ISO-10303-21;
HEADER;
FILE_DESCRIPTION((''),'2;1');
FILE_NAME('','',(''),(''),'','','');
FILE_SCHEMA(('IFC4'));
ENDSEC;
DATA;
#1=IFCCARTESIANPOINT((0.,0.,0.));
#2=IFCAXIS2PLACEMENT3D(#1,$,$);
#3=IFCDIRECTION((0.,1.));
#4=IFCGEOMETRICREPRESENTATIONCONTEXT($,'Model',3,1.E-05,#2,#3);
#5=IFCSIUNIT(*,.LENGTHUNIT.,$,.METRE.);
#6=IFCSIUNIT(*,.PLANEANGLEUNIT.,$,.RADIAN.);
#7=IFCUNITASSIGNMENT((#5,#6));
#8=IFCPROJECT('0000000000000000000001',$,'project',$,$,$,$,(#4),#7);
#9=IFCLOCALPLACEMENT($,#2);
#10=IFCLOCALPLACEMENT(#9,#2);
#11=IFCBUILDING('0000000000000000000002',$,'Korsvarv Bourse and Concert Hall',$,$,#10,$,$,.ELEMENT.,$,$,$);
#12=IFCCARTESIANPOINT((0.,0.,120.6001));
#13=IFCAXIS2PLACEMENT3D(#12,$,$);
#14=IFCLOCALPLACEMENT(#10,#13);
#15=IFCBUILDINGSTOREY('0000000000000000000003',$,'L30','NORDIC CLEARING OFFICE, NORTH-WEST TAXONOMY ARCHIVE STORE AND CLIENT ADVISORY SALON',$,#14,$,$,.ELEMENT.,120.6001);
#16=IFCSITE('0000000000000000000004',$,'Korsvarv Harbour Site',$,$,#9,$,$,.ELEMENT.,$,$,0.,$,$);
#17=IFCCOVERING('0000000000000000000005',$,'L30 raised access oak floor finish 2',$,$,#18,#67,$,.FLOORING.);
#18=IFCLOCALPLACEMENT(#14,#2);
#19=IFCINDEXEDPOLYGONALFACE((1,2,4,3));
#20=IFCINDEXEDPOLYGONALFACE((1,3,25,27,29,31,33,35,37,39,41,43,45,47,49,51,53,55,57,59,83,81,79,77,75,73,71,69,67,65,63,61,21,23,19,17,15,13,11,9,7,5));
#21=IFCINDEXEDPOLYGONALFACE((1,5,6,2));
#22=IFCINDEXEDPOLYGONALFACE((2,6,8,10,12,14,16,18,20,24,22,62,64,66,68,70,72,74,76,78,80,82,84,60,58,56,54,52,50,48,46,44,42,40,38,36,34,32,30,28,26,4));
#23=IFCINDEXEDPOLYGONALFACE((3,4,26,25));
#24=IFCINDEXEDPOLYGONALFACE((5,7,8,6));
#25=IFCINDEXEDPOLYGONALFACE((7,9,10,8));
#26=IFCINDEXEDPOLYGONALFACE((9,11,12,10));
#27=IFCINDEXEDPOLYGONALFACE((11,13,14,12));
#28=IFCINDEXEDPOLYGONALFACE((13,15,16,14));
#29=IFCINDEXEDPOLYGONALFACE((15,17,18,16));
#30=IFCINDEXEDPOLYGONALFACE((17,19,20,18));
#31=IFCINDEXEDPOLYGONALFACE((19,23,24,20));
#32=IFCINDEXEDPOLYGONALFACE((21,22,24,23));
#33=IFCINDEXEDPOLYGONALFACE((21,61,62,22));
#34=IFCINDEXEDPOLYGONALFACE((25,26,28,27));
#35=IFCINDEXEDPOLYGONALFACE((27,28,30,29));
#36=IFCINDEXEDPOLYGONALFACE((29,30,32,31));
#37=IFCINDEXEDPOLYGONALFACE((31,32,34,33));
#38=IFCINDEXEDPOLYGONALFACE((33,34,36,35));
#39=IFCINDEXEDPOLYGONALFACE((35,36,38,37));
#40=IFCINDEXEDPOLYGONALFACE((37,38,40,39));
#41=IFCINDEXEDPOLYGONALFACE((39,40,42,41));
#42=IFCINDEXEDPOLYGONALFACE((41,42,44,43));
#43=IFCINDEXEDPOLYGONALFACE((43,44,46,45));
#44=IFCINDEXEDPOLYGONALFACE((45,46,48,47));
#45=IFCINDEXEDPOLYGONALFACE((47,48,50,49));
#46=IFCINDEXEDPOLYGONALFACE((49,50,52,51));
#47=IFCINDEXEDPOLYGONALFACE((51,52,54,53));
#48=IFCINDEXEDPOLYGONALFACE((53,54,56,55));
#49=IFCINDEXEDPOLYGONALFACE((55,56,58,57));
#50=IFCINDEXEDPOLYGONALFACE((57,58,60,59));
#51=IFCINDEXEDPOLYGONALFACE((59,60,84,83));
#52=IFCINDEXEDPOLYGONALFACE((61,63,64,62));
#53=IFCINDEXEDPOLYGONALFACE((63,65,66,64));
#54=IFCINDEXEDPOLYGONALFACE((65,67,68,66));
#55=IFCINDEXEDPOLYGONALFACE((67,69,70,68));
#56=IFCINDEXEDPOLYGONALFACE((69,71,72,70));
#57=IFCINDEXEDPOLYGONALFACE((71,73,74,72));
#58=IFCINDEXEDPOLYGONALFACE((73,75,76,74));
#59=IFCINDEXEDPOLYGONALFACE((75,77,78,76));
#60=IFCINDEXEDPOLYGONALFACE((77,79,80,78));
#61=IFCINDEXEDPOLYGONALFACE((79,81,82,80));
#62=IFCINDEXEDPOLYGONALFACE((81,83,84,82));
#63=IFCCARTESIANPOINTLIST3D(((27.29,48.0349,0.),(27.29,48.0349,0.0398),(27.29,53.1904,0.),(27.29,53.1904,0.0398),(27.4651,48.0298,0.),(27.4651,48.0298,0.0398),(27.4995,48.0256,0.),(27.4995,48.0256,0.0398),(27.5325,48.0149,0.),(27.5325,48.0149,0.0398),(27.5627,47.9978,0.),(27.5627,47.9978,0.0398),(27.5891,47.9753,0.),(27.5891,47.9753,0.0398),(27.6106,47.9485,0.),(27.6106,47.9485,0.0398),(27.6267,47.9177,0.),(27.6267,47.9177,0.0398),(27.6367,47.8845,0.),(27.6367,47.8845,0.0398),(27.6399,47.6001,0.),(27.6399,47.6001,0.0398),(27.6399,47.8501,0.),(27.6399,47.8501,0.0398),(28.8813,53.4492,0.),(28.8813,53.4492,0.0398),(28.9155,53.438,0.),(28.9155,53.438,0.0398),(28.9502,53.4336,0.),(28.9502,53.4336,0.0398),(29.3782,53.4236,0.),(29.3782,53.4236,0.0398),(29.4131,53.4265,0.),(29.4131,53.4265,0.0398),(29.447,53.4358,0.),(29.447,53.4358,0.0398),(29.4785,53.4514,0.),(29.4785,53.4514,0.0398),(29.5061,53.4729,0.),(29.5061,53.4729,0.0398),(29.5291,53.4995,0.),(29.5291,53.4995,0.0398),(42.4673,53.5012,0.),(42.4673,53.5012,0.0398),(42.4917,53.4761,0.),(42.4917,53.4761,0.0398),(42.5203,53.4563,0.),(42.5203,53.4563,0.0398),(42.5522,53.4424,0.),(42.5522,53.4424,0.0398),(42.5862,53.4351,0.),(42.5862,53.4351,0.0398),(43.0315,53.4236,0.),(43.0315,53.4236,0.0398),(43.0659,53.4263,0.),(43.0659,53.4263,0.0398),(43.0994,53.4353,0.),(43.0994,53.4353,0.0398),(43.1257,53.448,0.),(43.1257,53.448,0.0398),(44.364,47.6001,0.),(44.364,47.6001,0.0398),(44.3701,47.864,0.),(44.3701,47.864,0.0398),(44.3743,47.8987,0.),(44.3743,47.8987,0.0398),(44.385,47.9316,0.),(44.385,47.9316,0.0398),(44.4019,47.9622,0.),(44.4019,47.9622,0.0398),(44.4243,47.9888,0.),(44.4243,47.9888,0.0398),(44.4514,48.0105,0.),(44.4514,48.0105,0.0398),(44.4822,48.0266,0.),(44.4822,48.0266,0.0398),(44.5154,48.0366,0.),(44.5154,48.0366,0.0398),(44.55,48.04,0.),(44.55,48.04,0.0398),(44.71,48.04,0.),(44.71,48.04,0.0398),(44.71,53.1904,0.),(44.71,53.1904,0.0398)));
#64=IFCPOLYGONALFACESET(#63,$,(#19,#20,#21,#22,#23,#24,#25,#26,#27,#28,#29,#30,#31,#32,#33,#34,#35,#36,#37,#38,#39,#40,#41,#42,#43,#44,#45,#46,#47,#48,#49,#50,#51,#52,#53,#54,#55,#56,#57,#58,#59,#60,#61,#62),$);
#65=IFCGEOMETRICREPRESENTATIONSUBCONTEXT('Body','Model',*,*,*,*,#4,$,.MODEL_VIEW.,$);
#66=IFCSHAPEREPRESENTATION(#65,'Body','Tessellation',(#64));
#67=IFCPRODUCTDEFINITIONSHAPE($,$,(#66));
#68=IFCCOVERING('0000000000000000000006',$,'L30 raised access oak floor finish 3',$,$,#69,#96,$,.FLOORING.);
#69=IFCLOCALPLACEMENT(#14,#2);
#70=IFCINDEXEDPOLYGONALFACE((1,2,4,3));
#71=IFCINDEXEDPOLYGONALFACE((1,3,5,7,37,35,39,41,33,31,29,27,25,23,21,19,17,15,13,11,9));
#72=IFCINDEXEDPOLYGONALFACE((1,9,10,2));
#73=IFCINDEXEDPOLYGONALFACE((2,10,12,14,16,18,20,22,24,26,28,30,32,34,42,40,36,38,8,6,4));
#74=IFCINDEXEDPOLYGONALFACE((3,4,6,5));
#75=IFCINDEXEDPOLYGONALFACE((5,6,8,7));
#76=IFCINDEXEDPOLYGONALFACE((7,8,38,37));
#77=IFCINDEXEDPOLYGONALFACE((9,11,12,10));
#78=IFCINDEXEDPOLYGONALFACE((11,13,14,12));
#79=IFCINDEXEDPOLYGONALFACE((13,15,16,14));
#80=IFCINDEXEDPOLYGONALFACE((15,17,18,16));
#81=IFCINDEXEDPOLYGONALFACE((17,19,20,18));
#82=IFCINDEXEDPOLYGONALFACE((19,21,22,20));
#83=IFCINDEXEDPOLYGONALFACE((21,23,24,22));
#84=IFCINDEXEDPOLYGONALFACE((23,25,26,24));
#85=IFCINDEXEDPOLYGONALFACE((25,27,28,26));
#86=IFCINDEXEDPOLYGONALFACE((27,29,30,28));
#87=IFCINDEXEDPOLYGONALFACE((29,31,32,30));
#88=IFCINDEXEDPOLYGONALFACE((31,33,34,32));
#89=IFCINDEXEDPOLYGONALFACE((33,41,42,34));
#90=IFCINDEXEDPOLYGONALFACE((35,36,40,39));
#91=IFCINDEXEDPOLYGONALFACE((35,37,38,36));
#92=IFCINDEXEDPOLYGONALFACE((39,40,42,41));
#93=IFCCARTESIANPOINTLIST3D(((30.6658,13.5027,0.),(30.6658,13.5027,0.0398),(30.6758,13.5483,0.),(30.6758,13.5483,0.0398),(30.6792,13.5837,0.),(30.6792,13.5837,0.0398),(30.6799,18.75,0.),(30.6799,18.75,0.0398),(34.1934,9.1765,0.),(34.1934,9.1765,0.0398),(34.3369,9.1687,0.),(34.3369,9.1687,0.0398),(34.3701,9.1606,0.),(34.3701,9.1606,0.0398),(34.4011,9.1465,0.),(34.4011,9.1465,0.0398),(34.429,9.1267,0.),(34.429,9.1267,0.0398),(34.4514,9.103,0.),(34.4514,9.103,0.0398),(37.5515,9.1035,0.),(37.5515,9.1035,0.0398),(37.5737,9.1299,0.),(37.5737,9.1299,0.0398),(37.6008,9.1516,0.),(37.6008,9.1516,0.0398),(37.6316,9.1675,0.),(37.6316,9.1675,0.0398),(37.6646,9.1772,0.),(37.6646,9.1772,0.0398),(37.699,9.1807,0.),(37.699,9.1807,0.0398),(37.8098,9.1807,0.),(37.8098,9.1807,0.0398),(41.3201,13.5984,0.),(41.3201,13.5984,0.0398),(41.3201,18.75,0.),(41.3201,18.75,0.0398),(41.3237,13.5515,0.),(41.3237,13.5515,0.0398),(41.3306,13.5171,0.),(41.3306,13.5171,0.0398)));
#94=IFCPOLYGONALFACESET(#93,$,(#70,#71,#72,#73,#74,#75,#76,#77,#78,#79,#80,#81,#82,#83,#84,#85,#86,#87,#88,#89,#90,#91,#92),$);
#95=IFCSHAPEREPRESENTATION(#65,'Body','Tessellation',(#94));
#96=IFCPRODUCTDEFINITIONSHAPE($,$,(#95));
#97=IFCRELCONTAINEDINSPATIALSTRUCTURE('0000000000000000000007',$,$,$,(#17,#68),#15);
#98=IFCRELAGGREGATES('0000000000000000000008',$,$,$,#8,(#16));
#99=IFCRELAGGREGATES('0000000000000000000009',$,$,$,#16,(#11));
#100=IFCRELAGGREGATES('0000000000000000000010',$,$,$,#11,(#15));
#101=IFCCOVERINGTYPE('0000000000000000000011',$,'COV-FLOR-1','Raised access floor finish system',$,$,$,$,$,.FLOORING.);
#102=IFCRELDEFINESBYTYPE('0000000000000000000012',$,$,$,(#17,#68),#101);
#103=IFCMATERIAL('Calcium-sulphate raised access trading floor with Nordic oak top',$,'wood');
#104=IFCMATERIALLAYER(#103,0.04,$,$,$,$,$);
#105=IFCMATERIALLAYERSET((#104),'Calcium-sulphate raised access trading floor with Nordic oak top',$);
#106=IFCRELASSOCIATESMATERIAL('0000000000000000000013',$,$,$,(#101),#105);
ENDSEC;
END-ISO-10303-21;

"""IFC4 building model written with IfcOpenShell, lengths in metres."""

from ifc_helpers import new_model, si_unit, direction, frame, origin, place, context, subcontext, project, spatial, polyline, outline, extrude, material, layer, layer_set, type_object, element, save


model = new_model("IFC4")

# Units and contexts
model_context = context("Model", 3, precision=1e-05, world=origin(), true_north=direction((0.0, 1.0)))
body_context = subcontext(model_context, "Body", "Model", "MODEL_VIEW")
ifc_project = project(units=[si_unit("LENGTHUNIT", "METRE"), si_unit("PLANEANGLEUNIT", "RADIAN")], contexts=[model_context])

# Site, building, storey
site_placement = place(None, origin())
site = spatial("IfcSite", under=ifc_project, at=site_placement, Name="Korsvarv Harbour Site", CompositionType="ELEMENT", RefElevation=0.0)
building_placement = place(site_placement, origin())
building = spatial("IfcBuilding", under=site, at=building_placement, Name="Korsvarv Bourse and Concert Hall", CompositionType="ELEMENT")
storey_placement = place(building_placement, frame((0.0, 0.0, 120.6001)))
storey = spatial("IfcBuildingStorey", under=building, at=storey_placement, Name="L30", Description="NORDIC CLEARING OFFICE, NORTH-WEST TAXONOMY ARCHIVE STORE AND CLIENT ADVISORY SALON", CompositionType="ELEMENT", Elevation=120.6001)

# Coverings
ifc_material_1 = material(Name="Calcium-sulphate raised access trading floor with Nordic oak top", Category="wood")
ifc_layer_1 = layer(ifc_material_1, 0.04)
ifc_layer_set_1 = layer_set([ifc_layer_1], Name="Calcium-sulphate raised access trading floor with Nordic oak top")
covering_type_1 = type_object("IfcCoveringType", Name="COV-FLOR-1", Description="Raised access floor finish system", PredefinedType="FLOORING", material=ifc_layer_set_1)
covering_1_placement = place(storey_placement, origin())
element("IfcCovering", 1, at=covering_1_placement, inside=storey, type_object=covering_type_1, Name="L30 raised access oak floor finish 2", PredefinedType="FLOORING", context=body_context, shape_type="SweptSolid", body=[
    extrude(outline(polyline([(28.8813, 53.4492), (28.9155, 53.438), (28.9502, 53.4336), (29.3782, 53.4236), (29.4131, 53.4265), (29.447, 53.4358), (29.4785, 53.4514), (29.5061, 53.4729), (29.5291, 53.4995), (42.4673, 53.5012), (42.4917, 53.4761), (42.5203, 53.4563), (42.5522, 53.4424), (42.5862, 53.4351), (43.0315, 53.4236), (43.0659, 53.4263), (43.0994, 53.4353), (43.1257, 53.448), (44.71, 53.1904), (44.71, 48.04), (44.55, 48.04), (44.5154, 48.0366), (44.4822, 48.0266), (44.4514, 48.0105), (44.4243, 47.9888), (44.4019, 47.9622), (44.385, 47.9316), (44.3743, 47.8987), (44.3701, 47.864), (44.364, 47.6001), (27.6399, 47.6001), (27.6399, 47.8501), (27.6367, 47.8845), (27.6267, 47.9177), (27.6106, 47.9485), (27.5891, 47.9753), (27.5627, 47.9978), (27.5325, 48.0149), (27.4995, 48.0256), (27.4651, 48.0298), (27.29, 48.0349), (27.29, 53.1904), (28.8813, 53.4492)])), origin(), (0.0, 0.0, 1.0), 0.0398),
])
covering_2_placement = place(storey_placement, origin())
element("IfcCovering", 2, at=covering_2_placement, inside=storey, type_object=covering_type_1, Name="L30 raised access oak floor finish 3", PredefinedType="FLOORING", context=body_context, shape_type="SweptSolid", body=[
    extrude(outline(polyline([(30.6658, 13.5027), (30.6758, 13.5483), (30.6792, 13.5837), (30.6799, 18.75), (41.3201, 18.75), (41.3201, 13.5984), (41.3237, 13.5515), (41.3306, 13.5171), (37.8098, 9.1807), (37.699, 9.1807), (37.6646, 9.1772), (37.6316, 9.1675), (37.6008, 9.1516), (37.5737, 9.1299), (37.5515, 9.1035), (34.4514, 9.103), (34.429, 9.1267), (34.4011, 9.1465), (34.3701, 9.1606), (34.3369, 9.1687), (34.1934, 9.1765), (30.6658, 13.5027)])), origin(), (0.0, 0.0, 1.0), 0.0398),
])

save(model, "model.ifc")
